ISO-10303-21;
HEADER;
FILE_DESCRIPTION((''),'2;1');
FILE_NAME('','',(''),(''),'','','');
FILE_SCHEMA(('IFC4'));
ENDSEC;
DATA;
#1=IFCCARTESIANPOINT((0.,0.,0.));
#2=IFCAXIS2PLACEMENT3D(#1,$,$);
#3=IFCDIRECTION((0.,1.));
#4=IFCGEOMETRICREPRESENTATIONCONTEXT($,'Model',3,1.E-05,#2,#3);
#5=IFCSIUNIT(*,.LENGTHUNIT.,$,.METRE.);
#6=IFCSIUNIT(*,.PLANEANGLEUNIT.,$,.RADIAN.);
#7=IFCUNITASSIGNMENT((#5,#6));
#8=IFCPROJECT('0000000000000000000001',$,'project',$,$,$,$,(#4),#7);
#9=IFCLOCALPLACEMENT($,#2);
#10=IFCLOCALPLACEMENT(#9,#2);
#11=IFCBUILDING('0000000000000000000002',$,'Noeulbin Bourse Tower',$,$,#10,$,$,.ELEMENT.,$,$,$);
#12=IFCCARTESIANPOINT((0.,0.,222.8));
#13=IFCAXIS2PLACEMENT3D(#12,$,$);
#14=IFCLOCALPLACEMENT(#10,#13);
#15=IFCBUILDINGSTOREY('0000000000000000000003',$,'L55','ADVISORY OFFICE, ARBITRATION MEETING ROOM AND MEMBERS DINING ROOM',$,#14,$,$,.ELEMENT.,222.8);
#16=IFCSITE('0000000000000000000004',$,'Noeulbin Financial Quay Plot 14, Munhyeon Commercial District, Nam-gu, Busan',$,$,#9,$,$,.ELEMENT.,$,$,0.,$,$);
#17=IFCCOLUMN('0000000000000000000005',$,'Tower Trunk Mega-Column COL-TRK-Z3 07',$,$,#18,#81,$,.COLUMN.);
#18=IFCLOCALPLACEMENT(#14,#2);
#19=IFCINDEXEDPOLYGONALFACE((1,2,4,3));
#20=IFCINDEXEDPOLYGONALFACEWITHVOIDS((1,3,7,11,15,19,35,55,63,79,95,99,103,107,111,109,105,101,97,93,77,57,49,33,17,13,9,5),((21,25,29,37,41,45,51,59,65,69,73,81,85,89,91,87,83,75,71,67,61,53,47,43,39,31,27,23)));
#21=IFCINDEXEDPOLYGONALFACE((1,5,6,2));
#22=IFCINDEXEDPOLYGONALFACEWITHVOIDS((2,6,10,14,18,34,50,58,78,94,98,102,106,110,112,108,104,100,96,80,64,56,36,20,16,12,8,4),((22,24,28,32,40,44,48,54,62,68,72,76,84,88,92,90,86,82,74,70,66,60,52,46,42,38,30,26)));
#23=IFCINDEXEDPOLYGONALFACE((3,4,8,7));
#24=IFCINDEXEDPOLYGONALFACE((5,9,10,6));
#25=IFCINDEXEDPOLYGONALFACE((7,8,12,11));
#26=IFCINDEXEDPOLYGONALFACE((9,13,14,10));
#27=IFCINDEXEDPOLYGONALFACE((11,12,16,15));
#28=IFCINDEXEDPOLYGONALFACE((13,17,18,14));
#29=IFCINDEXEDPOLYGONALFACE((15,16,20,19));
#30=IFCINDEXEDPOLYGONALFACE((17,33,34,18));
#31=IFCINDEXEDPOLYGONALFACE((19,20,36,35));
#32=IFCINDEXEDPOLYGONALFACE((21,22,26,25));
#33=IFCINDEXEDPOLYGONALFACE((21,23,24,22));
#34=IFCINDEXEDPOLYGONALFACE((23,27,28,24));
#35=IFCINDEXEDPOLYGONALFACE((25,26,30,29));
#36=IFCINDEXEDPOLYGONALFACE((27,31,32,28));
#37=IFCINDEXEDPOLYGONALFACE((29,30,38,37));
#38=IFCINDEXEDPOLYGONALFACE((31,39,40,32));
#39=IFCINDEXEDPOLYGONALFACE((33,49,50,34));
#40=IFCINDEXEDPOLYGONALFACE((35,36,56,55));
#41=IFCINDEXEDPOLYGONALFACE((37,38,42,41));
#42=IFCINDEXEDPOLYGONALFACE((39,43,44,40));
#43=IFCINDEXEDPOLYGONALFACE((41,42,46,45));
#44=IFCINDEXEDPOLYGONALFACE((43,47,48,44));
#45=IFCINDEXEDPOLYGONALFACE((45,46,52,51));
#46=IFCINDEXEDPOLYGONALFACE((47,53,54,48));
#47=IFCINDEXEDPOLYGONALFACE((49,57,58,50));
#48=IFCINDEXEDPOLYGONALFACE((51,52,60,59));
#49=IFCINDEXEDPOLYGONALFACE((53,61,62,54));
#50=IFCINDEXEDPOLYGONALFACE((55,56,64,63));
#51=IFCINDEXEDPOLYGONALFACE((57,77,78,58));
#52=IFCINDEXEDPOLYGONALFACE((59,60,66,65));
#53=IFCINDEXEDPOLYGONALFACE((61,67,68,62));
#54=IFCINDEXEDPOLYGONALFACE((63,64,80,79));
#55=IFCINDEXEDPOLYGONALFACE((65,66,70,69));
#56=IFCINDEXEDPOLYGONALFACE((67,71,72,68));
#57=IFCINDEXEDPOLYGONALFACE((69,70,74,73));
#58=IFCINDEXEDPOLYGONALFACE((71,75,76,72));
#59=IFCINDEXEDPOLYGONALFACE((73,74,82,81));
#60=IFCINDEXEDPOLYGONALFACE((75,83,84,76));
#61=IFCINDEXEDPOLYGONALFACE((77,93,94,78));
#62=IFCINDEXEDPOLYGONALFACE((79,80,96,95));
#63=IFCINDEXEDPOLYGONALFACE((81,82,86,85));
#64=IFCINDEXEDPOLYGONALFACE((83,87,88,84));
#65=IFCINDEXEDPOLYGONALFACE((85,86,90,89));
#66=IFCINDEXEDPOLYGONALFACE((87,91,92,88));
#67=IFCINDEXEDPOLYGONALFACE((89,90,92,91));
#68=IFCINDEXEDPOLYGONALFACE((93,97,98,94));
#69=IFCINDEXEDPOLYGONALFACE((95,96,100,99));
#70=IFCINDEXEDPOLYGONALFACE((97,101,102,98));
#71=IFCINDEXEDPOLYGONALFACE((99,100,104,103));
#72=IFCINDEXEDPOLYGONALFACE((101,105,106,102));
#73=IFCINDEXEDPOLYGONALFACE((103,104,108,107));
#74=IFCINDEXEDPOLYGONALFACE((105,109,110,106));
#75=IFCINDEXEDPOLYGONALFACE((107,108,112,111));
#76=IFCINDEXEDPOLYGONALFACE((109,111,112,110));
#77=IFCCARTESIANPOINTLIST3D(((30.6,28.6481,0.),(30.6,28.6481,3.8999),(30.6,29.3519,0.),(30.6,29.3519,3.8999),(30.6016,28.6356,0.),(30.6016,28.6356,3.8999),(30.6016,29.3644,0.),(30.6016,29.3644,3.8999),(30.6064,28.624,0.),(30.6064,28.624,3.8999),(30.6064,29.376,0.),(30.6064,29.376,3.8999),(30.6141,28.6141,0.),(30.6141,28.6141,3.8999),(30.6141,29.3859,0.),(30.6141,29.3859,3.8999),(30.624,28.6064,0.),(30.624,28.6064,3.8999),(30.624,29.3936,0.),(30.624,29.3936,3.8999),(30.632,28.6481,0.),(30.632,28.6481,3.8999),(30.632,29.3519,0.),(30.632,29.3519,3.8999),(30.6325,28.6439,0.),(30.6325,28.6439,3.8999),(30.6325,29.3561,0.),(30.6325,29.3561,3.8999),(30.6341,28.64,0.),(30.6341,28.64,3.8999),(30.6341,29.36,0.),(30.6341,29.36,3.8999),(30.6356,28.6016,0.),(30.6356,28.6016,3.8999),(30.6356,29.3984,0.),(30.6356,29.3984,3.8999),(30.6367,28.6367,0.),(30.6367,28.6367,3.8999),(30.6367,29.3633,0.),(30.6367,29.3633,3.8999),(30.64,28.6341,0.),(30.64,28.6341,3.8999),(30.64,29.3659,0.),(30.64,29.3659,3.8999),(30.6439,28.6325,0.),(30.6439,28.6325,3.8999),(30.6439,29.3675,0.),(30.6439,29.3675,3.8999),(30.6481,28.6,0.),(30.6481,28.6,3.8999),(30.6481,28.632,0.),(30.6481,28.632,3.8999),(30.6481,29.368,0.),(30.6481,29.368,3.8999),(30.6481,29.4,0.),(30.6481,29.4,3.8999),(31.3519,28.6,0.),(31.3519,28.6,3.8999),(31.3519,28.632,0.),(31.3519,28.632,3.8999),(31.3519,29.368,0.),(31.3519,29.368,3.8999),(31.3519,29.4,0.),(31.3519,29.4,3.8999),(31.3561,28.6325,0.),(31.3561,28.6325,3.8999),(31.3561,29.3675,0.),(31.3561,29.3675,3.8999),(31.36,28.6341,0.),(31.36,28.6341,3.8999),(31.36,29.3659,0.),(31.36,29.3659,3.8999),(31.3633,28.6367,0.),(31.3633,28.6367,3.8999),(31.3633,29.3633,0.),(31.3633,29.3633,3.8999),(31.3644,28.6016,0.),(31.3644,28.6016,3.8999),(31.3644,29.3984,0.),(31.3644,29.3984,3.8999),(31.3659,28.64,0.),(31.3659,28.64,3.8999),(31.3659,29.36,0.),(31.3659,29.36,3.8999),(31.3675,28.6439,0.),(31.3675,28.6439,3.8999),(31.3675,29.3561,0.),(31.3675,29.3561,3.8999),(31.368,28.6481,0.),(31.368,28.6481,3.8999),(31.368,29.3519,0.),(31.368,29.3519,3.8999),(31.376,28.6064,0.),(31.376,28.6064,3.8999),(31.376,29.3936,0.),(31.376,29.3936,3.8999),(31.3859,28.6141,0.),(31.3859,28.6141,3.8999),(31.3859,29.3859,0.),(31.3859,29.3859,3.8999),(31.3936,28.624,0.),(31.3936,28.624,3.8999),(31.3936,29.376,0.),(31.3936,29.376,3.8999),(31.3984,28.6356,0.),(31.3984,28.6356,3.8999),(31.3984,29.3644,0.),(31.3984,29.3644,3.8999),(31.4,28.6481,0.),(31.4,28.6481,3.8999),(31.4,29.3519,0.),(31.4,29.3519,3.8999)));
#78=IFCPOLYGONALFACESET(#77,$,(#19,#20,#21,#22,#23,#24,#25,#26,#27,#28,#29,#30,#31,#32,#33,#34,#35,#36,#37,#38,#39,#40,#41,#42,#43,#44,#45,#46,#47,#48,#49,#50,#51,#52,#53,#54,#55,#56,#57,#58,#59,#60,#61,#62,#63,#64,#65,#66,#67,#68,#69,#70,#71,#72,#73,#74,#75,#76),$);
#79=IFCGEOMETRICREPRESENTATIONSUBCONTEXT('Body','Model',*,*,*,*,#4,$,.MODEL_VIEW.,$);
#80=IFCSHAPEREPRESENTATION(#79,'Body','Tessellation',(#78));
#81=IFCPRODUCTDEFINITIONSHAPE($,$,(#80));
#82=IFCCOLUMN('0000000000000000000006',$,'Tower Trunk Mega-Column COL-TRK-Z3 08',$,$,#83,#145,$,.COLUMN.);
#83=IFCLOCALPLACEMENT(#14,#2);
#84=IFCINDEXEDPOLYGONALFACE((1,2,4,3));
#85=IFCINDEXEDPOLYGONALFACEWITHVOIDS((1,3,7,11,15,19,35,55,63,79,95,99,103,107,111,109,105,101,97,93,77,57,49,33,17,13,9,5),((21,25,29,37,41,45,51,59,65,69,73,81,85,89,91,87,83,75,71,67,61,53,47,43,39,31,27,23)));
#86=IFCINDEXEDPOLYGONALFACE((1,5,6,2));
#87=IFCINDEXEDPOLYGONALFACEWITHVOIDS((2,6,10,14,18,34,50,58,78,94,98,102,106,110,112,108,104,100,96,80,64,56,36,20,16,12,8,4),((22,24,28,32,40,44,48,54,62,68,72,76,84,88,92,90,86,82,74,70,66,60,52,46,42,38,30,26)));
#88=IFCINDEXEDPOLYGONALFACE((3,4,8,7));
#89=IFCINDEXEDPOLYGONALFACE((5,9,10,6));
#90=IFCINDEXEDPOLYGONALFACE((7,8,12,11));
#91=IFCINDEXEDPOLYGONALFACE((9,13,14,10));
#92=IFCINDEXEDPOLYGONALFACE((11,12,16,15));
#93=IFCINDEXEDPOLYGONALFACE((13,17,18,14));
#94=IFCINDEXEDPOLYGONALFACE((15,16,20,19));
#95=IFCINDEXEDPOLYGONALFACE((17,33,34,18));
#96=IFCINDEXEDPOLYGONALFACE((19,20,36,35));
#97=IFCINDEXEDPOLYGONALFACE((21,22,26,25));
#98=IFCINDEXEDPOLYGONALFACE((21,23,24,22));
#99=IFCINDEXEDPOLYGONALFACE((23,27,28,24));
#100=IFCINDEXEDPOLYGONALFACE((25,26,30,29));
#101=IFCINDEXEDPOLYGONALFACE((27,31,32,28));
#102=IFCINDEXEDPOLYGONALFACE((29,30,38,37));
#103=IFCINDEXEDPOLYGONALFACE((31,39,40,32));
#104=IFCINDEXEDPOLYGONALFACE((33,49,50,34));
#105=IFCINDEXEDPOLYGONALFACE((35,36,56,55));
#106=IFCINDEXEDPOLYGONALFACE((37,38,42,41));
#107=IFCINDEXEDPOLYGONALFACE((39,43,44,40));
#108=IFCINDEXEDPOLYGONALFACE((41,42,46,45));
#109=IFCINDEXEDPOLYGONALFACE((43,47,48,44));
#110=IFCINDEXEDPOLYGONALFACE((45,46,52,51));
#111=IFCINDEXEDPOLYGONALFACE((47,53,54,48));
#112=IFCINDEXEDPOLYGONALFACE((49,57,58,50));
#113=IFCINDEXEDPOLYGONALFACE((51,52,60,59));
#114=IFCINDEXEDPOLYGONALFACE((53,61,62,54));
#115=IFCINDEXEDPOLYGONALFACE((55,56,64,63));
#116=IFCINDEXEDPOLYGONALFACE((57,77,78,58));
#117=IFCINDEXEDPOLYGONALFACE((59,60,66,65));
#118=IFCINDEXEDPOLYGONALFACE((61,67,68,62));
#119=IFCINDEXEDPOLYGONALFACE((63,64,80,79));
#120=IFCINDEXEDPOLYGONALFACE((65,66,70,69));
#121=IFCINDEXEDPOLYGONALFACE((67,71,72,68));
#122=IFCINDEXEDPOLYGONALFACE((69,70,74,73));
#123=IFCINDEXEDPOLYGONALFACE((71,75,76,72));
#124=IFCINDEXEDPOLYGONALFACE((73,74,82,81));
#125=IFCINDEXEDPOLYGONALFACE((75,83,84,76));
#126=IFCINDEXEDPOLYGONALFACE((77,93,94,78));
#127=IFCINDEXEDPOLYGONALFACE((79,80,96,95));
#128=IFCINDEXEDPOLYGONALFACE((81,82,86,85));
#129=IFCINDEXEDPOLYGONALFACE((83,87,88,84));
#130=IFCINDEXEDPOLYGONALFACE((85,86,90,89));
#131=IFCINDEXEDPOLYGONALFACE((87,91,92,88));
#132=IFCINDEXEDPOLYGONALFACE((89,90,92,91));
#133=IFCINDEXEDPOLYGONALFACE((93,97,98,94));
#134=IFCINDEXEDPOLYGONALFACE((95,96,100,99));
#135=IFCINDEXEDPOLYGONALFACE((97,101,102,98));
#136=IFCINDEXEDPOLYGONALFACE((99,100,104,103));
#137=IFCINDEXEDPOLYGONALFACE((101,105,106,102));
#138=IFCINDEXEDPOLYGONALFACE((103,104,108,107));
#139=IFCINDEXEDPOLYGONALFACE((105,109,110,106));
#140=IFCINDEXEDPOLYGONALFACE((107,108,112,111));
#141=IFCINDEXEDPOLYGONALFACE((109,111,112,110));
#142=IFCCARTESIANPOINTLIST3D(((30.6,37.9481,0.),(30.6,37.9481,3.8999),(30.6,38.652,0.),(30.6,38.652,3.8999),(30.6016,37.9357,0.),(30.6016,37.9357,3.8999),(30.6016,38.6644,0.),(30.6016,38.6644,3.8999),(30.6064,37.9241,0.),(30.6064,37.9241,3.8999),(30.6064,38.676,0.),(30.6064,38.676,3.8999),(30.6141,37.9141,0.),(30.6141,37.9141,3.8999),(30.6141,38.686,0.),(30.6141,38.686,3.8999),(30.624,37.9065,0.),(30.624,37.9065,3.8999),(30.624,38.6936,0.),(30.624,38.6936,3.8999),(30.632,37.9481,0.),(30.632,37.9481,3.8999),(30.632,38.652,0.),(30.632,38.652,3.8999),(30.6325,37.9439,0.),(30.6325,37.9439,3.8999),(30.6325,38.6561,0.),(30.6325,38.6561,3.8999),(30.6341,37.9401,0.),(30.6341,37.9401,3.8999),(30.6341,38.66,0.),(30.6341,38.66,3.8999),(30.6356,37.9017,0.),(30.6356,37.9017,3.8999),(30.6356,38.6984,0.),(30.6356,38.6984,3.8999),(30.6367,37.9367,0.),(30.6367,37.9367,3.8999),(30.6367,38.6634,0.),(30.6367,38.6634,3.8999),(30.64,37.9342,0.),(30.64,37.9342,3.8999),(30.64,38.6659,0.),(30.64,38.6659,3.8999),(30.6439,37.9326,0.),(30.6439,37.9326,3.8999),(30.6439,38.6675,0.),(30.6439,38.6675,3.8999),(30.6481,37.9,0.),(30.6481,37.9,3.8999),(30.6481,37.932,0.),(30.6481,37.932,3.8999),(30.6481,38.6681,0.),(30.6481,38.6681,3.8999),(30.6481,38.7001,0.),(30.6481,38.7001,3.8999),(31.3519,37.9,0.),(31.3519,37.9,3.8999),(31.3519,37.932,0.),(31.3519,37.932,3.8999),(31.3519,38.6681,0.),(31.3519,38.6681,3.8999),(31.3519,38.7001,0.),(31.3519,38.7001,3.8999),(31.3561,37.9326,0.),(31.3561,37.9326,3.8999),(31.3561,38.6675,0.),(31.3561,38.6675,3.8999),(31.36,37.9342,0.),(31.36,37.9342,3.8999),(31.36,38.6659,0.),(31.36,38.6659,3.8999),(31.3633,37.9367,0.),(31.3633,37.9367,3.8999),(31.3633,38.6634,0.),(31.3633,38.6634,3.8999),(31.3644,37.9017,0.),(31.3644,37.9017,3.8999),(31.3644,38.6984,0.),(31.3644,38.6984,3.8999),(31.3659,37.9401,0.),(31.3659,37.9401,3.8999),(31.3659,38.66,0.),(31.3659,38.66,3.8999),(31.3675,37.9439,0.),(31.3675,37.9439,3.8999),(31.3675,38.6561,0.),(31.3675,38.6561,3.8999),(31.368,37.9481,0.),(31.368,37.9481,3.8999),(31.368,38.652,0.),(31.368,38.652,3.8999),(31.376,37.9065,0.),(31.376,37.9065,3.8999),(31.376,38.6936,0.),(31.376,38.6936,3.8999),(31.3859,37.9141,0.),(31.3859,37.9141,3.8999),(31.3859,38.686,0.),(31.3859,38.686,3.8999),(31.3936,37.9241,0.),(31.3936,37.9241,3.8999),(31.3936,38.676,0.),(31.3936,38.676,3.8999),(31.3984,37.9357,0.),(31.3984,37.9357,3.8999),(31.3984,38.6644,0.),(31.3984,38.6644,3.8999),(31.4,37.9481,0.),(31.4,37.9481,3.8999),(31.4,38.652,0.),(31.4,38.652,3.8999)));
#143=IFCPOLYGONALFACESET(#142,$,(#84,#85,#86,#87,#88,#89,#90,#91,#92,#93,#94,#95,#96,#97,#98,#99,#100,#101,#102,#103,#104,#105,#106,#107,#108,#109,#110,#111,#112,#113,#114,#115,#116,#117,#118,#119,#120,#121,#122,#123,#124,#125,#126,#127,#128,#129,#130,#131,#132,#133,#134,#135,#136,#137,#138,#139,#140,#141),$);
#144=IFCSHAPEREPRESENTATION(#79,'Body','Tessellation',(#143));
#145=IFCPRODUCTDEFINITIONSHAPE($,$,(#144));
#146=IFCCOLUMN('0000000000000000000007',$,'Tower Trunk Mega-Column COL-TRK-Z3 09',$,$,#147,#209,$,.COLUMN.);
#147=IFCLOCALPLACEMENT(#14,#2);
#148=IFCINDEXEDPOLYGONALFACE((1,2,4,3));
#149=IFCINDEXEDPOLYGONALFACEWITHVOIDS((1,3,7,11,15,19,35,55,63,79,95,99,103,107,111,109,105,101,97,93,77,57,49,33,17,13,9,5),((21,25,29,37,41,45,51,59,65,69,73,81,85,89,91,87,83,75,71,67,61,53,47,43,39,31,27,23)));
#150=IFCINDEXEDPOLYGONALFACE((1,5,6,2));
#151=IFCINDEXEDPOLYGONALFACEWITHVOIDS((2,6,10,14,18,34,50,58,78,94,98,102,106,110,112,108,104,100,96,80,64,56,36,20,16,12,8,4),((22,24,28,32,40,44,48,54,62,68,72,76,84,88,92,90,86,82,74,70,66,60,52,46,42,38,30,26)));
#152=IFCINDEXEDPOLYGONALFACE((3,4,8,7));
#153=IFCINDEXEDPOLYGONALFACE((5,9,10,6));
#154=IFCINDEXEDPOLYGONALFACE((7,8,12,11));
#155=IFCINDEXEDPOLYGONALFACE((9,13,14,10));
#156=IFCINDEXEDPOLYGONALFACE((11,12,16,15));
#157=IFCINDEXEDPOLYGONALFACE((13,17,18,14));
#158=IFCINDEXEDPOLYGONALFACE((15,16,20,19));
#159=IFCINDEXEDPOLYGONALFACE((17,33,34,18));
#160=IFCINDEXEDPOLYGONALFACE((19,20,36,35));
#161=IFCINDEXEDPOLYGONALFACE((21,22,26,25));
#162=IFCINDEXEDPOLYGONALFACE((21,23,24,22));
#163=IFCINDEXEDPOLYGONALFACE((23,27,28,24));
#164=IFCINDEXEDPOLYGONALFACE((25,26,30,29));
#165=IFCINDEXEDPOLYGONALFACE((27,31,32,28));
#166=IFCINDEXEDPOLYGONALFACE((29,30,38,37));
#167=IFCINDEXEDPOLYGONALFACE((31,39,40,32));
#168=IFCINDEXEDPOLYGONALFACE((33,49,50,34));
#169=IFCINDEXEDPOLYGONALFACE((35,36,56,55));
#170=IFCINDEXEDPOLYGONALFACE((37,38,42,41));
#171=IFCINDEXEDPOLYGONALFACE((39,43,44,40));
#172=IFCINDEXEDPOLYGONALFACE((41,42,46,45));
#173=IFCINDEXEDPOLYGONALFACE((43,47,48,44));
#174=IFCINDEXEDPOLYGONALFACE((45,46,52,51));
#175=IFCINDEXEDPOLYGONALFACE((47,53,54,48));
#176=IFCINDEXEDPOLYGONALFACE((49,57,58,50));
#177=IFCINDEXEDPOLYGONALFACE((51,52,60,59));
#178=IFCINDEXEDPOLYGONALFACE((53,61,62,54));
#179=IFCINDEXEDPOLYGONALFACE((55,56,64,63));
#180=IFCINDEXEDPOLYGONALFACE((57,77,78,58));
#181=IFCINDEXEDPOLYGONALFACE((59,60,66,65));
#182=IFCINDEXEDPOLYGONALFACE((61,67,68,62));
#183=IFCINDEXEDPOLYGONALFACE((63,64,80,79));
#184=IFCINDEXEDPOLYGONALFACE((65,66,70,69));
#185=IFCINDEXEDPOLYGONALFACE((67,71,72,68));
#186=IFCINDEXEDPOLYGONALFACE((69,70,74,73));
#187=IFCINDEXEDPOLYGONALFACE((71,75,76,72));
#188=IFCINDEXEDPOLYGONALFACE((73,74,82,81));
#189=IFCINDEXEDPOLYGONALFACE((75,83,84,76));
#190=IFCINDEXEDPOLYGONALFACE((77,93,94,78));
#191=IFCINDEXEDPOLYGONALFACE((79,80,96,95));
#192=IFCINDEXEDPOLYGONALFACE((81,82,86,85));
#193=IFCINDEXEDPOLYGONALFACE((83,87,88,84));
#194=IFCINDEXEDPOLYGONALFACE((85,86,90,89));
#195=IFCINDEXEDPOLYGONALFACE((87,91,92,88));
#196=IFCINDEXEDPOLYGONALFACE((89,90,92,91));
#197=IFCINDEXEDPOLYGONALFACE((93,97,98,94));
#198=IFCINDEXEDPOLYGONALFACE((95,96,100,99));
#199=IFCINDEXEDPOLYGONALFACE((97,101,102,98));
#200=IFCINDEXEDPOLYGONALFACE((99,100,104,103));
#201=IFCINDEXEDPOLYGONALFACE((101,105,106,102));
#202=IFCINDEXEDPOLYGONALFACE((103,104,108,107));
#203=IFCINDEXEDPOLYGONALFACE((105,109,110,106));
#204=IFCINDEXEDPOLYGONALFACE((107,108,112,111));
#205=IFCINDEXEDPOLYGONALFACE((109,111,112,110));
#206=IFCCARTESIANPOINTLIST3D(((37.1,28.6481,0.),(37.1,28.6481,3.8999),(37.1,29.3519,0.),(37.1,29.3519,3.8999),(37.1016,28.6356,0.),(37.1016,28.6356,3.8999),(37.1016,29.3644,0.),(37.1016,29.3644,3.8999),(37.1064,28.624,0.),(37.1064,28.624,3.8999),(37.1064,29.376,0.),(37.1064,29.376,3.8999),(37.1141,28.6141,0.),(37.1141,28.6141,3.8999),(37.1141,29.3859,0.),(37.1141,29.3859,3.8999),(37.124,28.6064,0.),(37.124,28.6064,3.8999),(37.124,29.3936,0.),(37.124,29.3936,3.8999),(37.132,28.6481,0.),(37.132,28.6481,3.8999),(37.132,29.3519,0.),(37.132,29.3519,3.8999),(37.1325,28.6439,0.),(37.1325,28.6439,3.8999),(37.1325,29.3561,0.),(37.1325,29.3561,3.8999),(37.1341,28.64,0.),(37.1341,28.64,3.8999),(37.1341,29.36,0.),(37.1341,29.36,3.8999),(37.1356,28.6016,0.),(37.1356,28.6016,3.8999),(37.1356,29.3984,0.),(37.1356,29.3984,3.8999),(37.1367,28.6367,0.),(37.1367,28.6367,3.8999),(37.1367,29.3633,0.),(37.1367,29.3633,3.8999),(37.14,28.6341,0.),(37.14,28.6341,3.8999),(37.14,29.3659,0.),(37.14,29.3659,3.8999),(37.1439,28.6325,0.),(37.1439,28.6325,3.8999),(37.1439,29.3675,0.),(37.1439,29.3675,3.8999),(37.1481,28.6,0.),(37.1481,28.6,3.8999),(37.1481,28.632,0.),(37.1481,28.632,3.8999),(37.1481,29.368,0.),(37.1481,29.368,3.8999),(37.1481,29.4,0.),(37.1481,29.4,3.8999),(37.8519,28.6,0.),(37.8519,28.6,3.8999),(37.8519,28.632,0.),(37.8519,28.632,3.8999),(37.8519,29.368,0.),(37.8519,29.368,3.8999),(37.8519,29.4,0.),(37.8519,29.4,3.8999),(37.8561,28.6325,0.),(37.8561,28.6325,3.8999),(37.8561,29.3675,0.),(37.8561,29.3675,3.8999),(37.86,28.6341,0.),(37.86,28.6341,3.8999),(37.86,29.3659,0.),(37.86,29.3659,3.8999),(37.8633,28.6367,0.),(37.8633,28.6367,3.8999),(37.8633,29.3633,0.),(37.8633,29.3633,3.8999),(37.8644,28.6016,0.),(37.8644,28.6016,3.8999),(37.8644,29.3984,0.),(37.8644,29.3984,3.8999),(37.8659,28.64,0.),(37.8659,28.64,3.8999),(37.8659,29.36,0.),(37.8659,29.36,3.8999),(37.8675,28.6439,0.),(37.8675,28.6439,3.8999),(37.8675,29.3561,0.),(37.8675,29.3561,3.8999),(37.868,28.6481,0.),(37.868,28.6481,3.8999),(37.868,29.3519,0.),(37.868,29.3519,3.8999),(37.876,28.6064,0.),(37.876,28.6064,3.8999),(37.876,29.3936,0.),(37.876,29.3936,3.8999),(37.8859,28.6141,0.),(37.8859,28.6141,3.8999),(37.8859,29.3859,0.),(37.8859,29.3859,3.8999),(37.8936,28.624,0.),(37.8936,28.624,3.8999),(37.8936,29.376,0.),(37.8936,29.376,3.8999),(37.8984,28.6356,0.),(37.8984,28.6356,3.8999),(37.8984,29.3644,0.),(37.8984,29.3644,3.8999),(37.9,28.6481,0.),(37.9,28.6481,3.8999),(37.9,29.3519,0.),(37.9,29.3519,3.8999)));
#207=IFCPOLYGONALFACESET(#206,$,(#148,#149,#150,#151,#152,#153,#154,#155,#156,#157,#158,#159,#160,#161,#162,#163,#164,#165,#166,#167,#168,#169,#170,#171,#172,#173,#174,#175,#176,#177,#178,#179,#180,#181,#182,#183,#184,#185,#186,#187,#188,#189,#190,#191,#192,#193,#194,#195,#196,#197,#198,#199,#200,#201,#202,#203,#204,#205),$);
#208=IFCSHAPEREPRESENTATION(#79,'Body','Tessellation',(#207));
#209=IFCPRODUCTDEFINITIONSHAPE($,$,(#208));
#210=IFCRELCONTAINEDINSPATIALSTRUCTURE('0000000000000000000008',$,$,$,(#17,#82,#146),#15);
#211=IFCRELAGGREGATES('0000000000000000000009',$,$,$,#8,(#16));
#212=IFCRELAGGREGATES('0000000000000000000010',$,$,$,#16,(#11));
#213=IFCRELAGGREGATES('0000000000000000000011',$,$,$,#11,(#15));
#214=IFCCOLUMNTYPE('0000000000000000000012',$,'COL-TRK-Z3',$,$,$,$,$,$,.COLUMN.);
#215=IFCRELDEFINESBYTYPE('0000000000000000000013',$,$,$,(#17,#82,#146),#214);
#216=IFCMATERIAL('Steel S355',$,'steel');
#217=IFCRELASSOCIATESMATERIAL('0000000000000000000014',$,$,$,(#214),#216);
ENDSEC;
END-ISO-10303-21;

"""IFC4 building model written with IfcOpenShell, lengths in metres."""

from ifc_helpers import new_model, si_unit, direction, frame, origin, origin_2d, place, context, subcontext, project, spatial, hollow_rectangle, extrude, material, material_profile, profile_set, type_object, element, save


model = new_model("IFC4")

# Units and contexts
model_context = context("Model", 3, precision=1e-05, world=origin(), true_north=direction((0.0, 1.0)))
body_context = subcontext(model_context, "Body", "Model", "MODEL_VIEW")
ifc_project = project(units=[si_unit("LENGTHUNIT", "METRE"), si_unit("PLANEANGLEUNIT", "RADIAN")], contexts=[model_context])

# Site, building, storey
site_placement = place(None, origin())
site = spatial("IfcSite", under=ifc_project, at=site_placement, Name="Noeulbin Financial Quay Plot 14, Munhyeon Commercial District, Nam-gu, Busan", CompositionType="ELEMENT", RefElevation=0.0)
building_placement = place(site_placement, origin())
building = spatial("IfcBuilding", under=site, at=building_placement, Name="Noeulbin Bourse Tower", CompositionType="ELEMENT")
storey_placement = place(building_placement, frame((0.0, 0.0, 222.8)))
storey = spatial("IfcBuildingStorey", under=building, at=storey_placement, Name="L55", Description="ADVISORY OFFICE, ARBITRATION MEETING ROOM AND MEMBERS DINING ROOM", CompositionType="ELEMENT", Elevation=222.8)

# Columns
ifc_material_1 = material(Name="Steel S355", Category="steel")
ifc_material_profile_1 = material_profile(ifc_material_1, hollow_rectangle(XDim=0.8, YDim=0.8, WallThickness=0.032, InnerFilletRadius=0.0161, OuterFilletRadius=0.0481, at=origin_2d()), Name="BOX-800x800x32", Category="LoadBearing")
ifc_profile_set_1 = profile_set([ifc_material_profile_1], Name="Steel S355")
column_type = type_object("IfcColumnType", Name="COL-TRK-Z3", PredefinedType="COLUMN", material=ifc_profile_set_1)
for number, where, z_axis, x_axis, name in (
    (1, (31.0, 29.0, 0.0), (0.0, 0.0, 1.0), (1.0, 0.0, 0.0), "Tower Trunk Mega-Column COL-TRK-Z3 07"),
    (2, (31.0, 38.3, 0.0), (0.0, 0.0, 1.0), (1.0, 0.0, 0.0), "Tower Trunk Mega-Column COL-TRK-Z3 08"),
    (3, (37.5, 29.0, 0.0), (0.0, 0.0, 1.0), (1.0, 0.0, 0.0), "Tower Trunk Mega-Column COL-TRK-Z3 09"),
):
    element("IfcColumn", number, at=place(storey_placement, frame(where, z_axis=z_axis, x_axis=x_axis)), inside=storey, type_object=column_type, Name=name, PredefinedType="COLUMN", context=body_context, shape_type="SweptSolid", body=[
        extrude(hollow_rectangle(XDim=0.8, YDim=0.8, WallThickness=0.032, InnerFilletRadius=0.0161, OuterFilletRadius=0.0481, at=origin_2d()), origin(), (0.0, 0.0, 1.0), 3.8999),
    ])

save(model, "model.ifc")
